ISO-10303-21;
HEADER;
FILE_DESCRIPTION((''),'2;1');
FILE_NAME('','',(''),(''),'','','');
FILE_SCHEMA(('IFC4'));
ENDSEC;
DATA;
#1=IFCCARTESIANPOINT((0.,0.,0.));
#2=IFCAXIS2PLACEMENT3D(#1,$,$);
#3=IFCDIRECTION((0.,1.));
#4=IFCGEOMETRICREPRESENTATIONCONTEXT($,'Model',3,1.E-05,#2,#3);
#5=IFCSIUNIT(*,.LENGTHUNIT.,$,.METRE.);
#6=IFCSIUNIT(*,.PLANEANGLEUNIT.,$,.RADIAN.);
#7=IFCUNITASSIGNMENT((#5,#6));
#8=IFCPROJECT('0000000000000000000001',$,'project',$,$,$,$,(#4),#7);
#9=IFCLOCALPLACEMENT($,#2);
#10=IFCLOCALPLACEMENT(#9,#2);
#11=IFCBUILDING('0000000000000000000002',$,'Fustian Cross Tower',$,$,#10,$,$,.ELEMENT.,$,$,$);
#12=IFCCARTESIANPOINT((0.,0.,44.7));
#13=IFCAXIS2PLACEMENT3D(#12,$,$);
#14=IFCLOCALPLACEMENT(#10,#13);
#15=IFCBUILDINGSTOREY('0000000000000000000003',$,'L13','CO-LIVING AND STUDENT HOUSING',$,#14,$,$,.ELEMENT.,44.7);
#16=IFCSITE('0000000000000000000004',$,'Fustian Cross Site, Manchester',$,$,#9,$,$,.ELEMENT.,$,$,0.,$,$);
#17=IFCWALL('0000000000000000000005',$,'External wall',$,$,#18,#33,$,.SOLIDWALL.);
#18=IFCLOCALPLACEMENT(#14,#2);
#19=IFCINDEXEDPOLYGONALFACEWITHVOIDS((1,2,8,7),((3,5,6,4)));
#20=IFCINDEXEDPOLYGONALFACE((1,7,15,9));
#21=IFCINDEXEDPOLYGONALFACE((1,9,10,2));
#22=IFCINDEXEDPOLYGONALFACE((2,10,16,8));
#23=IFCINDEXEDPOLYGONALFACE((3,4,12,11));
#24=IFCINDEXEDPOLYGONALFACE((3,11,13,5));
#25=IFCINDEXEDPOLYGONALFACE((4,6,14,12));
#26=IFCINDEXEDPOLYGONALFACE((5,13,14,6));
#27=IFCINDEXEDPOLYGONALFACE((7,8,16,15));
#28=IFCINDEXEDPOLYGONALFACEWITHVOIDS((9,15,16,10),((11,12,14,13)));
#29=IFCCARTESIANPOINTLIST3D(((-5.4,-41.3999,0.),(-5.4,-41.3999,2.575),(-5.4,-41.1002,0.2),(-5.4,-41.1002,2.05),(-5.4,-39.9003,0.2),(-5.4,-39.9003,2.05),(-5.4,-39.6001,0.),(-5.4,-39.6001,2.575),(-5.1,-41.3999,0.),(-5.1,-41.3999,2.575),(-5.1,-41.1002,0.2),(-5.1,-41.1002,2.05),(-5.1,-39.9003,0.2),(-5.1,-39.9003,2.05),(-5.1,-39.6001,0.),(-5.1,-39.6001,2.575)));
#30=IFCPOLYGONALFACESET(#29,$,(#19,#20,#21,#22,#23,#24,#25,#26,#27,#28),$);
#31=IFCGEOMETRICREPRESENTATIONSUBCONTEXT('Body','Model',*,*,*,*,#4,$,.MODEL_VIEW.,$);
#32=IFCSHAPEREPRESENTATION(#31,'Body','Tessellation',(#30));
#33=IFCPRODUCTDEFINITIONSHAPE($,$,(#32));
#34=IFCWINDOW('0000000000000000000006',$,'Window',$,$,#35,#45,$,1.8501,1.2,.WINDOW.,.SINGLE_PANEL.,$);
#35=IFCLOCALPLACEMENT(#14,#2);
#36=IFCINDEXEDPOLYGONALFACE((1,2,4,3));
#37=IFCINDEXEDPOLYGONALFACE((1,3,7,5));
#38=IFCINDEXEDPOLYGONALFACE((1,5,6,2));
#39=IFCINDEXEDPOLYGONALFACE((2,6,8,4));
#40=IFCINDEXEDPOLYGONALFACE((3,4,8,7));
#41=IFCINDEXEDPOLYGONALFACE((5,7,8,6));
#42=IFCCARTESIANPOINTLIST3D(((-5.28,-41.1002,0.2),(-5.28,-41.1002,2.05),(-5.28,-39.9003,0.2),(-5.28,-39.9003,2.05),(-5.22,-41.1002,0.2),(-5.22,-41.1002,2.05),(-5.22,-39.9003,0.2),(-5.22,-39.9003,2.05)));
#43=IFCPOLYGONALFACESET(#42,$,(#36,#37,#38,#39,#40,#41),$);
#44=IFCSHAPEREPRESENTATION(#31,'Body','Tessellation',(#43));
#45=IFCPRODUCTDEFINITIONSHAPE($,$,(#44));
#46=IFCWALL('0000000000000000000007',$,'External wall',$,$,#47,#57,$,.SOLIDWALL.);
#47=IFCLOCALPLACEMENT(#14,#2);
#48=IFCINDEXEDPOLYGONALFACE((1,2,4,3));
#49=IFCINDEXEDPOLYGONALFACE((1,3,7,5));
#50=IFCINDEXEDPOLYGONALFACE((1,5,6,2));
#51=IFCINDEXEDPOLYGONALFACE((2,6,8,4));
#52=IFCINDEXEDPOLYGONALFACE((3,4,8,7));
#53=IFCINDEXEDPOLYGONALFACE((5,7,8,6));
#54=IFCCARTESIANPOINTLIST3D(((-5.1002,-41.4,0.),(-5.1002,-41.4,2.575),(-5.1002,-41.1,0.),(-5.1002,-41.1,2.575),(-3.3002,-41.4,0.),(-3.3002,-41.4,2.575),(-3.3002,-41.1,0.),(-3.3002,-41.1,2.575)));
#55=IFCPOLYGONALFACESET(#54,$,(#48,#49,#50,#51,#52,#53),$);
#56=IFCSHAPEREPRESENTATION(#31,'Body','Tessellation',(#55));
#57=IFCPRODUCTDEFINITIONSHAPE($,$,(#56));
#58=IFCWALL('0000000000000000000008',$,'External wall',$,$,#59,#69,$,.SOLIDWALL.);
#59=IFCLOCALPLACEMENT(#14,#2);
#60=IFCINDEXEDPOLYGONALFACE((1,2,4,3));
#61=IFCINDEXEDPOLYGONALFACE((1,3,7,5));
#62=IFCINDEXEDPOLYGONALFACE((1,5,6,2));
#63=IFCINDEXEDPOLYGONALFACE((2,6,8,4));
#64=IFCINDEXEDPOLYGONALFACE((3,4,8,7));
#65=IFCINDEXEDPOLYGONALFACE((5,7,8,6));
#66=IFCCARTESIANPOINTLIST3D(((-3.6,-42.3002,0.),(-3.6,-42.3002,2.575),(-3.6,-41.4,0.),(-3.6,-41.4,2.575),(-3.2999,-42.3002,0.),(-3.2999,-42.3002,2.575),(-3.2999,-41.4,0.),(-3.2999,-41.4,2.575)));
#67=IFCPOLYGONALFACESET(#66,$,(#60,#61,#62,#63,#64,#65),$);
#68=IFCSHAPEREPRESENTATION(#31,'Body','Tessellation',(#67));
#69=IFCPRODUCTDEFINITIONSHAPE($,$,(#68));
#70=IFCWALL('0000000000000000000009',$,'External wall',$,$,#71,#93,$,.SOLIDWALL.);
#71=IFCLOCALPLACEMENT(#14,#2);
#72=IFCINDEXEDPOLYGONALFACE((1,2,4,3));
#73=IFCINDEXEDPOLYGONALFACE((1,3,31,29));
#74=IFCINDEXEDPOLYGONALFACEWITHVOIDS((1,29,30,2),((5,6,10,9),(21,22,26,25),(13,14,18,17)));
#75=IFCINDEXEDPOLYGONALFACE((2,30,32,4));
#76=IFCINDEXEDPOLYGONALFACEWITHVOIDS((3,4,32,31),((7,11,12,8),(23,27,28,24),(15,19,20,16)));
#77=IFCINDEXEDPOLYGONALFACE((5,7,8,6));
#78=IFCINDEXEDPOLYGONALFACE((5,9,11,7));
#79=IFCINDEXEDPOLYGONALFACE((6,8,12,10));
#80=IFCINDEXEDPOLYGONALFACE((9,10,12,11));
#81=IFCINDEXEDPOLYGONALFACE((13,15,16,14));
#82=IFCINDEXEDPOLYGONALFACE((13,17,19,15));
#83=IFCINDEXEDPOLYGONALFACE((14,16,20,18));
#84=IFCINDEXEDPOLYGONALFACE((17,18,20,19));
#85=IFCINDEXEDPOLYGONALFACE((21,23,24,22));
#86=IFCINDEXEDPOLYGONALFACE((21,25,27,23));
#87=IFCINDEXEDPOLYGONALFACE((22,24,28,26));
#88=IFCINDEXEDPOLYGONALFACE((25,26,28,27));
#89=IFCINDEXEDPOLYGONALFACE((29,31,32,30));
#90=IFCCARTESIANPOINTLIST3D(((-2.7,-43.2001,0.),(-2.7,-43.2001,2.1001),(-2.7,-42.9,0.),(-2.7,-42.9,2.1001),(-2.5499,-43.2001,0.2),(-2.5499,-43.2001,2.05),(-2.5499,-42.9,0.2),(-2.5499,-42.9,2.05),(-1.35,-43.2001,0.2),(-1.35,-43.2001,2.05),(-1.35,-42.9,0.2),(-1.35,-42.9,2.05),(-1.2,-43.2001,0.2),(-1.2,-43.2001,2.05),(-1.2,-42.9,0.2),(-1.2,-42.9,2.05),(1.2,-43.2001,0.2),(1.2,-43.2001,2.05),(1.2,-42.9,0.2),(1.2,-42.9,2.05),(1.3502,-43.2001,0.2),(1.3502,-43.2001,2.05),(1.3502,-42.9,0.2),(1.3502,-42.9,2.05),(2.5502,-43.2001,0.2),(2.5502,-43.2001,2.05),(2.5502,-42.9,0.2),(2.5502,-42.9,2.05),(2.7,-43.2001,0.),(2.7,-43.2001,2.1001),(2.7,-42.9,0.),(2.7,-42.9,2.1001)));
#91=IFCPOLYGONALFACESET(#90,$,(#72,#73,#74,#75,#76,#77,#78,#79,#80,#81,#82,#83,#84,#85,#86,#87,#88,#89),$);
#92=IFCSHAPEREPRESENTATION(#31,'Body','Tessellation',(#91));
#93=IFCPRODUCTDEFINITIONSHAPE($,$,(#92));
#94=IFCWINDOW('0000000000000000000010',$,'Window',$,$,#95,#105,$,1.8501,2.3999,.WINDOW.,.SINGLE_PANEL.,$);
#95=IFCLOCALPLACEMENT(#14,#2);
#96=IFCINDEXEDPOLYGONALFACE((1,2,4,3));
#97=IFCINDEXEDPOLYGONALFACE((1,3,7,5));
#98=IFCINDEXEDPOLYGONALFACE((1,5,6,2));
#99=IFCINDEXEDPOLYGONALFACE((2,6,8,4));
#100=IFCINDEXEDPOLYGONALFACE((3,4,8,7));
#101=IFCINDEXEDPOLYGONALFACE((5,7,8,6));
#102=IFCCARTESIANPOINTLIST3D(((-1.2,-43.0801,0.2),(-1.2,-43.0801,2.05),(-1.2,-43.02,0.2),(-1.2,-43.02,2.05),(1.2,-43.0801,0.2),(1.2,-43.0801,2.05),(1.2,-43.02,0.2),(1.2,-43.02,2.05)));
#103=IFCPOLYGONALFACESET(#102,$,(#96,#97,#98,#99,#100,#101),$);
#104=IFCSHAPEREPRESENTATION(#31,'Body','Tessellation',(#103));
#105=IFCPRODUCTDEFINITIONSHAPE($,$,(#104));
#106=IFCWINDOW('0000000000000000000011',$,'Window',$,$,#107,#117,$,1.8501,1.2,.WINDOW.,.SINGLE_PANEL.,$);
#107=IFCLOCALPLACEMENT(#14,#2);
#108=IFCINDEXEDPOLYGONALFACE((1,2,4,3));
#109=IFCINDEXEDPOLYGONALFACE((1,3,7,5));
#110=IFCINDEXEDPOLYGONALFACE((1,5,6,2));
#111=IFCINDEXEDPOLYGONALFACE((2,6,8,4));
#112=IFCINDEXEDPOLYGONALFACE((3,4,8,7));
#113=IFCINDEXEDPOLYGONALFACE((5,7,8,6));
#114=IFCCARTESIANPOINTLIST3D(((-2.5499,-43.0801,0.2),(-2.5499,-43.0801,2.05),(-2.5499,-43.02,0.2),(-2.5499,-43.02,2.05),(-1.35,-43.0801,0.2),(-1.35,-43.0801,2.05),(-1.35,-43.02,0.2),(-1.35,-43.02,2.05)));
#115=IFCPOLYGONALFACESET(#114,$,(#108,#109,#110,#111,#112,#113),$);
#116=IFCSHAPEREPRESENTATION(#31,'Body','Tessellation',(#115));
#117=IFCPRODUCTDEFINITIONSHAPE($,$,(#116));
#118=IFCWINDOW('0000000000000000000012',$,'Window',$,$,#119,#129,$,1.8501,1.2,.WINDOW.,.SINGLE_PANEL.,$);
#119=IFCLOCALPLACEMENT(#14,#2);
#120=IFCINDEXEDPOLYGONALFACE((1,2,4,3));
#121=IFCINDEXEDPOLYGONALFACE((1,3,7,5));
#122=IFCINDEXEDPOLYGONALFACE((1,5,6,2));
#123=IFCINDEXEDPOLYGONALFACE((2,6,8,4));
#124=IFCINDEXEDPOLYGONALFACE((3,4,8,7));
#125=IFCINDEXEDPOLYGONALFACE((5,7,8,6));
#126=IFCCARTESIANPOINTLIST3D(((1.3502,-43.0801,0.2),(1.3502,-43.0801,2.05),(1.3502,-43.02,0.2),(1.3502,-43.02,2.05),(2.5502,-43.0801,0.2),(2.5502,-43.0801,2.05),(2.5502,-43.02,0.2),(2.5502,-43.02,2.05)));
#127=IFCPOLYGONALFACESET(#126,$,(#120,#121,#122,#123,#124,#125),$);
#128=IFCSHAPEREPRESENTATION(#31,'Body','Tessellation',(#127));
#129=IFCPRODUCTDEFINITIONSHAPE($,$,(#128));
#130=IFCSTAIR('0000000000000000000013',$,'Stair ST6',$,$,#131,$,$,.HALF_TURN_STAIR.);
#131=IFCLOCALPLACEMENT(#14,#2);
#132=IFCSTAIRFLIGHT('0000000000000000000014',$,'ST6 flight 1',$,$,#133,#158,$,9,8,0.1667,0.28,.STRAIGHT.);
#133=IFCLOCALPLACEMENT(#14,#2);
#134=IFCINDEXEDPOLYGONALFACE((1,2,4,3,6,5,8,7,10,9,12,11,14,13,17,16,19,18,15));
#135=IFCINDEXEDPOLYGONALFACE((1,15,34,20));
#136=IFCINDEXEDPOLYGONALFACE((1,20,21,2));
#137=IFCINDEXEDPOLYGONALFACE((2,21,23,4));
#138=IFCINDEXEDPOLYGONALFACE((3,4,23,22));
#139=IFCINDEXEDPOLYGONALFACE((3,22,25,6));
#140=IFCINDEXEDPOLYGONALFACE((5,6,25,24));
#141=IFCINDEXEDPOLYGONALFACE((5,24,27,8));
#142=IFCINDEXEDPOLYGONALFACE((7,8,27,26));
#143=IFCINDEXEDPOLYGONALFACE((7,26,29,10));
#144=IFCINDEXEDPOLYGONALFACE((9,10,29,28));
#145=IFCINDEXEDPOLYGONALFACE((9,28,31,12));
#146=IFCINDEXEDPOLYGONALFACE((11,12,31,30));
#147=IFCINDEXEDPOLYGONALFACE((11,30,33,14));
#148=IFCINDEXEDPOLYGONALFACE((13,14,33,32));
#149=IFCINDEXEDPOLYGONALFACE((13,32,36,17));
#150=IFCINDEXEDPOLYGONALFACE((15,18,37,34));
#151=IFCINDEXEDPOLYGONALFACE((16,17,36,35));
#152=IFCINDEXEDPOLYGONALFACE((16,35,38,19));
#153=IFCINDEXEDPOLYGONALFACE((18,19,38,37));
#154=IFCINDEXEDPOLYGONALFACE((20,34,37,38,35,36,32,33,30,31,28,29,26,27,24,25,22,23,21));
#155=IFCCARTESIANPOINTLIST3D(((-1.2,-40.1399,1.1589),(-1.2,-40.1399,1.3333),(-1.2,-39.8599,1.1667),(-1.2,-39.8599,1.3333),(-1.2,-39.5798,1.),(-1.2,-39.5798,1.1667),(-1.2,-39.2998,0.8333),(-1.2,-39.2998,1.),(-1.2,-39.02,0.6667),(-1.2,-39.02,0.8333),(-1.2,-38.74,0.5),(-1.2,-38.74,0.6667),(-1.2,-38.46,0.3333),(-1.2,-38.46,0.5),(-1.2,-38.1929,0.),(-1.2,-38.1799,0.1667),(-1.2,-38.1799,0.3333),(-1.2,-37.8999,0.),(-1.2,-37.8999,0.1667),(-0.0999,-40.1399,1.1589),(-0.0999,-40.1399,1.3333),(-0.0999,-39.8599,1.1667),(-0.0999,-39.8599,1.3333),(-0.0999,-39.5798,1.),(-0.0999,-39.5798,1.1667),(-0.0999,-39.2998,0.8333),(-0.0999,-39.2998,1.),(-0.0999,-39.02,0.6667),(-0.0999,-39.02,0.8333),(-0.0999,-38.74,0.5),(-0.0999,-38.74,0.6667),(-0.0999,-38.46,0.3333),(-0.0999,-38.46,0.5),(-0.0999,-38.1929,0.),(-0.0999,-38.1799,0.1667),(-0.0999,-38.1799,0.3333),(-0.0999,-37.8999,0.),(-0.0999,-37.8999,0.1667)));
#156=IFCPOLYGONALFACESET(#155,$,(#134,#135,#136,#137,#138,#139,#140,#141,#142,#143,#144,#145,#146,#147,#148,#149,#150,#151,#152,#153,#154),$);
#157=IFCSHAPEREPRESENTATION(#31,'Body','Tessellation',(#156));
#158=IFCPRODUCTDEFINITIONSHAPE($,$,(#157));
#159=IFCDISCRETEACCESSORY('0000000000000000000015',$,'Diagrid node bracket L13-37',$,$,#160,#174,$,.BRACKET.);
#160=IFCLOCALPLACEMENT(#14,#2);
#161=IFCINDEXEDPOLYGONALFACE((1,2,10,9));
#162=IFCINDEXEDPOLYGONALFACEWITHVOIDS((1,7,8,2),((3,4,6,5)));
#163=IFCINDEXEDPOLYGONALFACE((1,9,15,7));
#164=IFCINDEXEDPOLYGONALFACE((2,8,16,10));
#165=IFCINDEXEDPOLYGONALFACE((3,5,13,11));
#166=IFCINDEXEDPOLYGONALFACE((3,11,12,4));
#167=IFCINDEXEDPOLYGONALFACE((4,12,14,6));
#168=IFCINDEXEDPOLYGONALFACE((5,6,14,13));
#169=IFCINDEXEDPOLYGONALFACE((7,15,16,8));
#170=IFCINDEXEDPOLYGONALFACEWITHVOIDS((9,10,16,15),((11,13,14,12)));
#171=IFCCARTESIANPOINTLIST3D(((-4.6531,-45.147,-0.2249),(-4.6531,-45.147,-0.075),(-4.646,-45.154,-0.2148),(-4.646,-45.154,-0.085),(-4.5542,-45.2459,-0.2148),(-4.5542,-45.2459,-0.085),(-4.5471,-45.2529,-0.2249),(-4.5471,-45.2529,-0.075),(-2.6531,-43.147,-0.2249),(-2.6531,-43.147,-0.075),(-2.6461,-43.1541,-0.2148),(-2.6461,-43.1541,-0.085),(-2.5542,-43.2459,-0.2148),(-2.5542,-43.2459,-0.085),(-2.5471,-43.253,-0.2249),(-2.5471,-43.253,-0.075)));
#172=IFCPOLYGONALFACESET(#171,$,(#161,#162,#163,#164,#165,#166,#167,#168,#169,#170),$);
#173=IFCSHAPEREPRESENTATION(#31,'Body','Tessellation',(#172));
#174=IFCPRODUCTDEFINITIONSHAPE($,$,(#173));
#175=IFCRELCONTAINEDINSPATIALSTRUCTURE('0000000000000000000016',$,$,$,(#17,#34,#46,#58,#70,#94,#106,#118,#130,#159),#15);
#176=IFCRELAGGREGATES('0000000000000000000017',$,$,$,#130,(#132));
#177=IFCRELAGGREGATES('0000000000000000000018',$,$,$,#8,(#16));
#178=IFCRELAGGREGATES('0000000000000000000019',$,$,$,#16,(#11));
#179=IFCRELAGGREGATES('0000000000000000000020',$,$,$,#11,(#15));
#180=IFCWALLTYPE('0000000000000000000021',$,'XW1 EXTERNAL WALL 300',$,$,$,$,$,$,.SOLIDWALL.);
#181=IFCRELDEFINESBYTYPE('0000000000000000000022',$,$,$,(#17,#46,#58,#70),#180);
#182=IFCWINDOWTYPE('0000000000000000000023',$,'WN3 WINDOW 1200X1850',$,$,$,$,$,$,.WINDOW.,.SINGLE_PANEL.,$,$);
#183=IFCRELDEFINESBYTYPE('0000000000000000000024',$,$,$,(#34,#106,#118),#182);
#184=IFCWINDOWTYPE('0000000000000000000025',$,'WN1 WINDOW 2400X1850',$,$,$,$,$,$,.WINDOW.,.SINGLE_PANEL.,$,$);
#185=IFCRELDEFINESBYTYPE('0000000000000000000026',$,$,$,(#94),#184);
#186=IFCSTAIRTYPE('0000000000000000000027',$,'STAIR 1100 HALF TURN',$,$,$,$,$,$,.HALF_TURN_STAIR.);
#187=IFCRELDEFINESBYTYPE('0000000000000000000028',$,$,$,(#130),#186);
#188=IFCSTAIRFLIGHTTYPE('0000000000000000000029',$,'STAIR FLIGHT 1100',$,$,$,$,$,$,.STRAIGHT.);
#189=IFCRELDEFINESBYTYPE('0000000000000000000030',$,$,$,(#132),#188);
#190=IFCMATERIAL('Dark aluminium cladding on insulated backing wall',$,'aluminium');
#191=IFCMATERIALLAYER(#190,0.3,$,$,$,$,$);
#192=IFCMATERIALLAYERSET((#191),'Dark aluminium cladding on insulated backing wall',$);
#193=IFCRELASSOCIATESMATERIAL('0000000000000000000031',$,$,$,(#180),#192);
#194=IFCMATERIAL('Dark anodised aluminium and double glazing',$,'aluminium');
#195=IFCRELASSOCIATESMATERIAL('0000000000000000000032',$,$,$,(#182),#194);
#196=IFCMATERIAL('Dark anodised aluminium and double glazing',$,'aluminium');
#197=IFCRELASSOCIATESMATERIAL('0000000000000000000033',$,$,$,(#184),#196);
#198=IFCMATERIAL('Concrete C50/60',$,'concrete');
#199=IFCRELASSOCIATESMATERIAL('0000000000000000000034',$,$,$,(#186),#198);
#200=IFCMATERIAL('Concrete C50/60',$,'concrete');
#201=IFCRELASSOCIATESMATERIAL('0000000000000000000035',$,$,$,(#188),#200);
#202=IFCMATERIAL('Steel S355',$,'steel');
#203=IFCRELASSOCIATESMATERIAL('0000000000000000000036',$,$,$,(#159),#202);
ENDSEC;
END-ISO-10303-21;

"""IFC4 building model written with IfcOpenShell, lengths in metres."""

from ifc_helpers import new_model, si_unit, direction, frame, frame_2d, origin, origin_2d, place, context, subcontext, project, spatial, polyline, rectangle, hollow_rectangle, outline, extrude, material, layer, layer_set, type_object, element, fill, aggregate, save


model = new_model("IFC4")

# Units and contexts
model_context = context("Model", 3, precision=1e-05, world=origin(), true_north=direction((0.0, 1.0)))
body_context = subcontext(model_context, "Body", "Model", "MODEL_VIEW")
ifc_project = project(units=[si_unit("LENGTHUNIT", "METRE"), si_unit("PLANEANGLEUNIT", "RADIAN")], contexts=[model_context])

# Site, building, storey
site_placement = place(None, origin())
site = spatial("IfcSite", under=ifc_project, at=site_placement, Name="Fustian Cross Site, Manchester", CompositionType="ELEMENT", RefElevation=0.0)
building_placement = place(site_placement, origin())
building = spatial("IfcBuilding", under=site, at=building_placement, Name="Fustian Cross Tower", CompositionType="ELEMENT")
storey_placement = place(building_placement, frame((0.0, 0.0, 44.7)))
storey = spatial("IfcBuildingStorey", under=building, at=storey_placement, Name="L13", Description="CO-LIVING AND STUDENT HOUSING", CompositionType="ELEMENT", Elevation=44.7)

# Shared definitions
ifc_material_1 = material(Name="Dark aluminium cladding on insulated backing wall", Category="aluminium")
ifc_layer_1 = layer(ifc_material_1, 0.3)
ifc_layer_set_1 = layer_set([ifc_layer_1], Name="Dark aluminium cladding on insulated backing wall")
wall_type_1 = type_object("IfcWallType", Name="XW1 EXTERNAL WALL 300", PredefinedType="SOLIDWALL", material=ifc_layer_set_1)

# Wall, opening, window
wall_1_placement = place(storey_placement, frame((-5.25, -39.6001, 0.0), z_axis=(0.0, 0.0, 1.0), x_axis=(0.0, -1.0, 0.0)))
wall_1 = element("IfcWall", 1, at=wall_1_placement, inside=storey, type_object=wall_type_1, Name="External wall", PredefinedType="SOLIDWALL", context=body_context, shape_type="SweptSolid", body=[
    extrude(rectangle(XDim=1.7998, YDim=0.3, at=frame_2d((0.8999, 0.0))), origin(), (0.0, 0.0, 1.0), 2.575),
])
opening_1_placement = place(wall_1_placement, frame((0.3, 0.0, 0.2)))
opening_1 = element("IfcOpeningElement", 2, at=opening_1_placement, cuts=wall_1, PredefinedType="OPENING", context=body_context, shape_type="SweptSolid", body=[
    extrude(rectangle(XDim=1.2, YDim=1.8501, at=frame_2d((0.6001, 0.925))), frame((0.0, 0.1599, 0.0), z_axis=(0.0, -1.0, 0.0), x_axis=(1.0, 0.0, 0.0)), (0.0, 0.0, 1.0), 0.3201),
])
ifc_material_2 = material(Name="Dark anodised aluminium and double glazing", Category="aluminium")
window_type_1 = type_object("IfcWindowType", Name="WN3 WINDOW 1200X1850", PartitioningType="SINGLE_PANEL", PredefinedType="WINDOW", material=ifc_material_2)
window_1_placement = place(opening_1_placement, origin())
window_1 = element("IfcWindow", 3, at=window_1_placement, inside=storey, type_object=window_type_1, Name="Window", OverallHeight=1.8501, OverallWidth=1.2, PartitioningType="SINGLE_PANEL", PredefinedType="WINDOW", context=body_context, shape_type="SweptSolid", body=[
    extrude(rectangle(XDim=1.2, YDim=1.8501, at=frame_2d((0.6001, 0.925))), frame((0.0, 0.03, 0.0), z_axis=(0.0, -1.0, 0.0), x_axis=(1.0, 0.0, 0.0)), (0.0, 0.0, 1.0), 0.0601),
])
fill(opening_1, window_1)

# Walls
wall_2_placement = place(storey_placement, frame((-5.1001, -41.25, 0.0), z_axis=(0.0, 0.0, 1.0), x_axis=(1.0, 0.0, 0.0)))
element("IfcWall", 4, at=wall_2_placement, inside=storey, type_object=wall_type_1, Name="External wall", PredefinedType="SOLIDWALL", context=body_context, shape_type="SweptSolid", body=[
    extrude(rectangle(XDim=1.8, YDim=0.3, at=frame_2d((0.8999, 0.0))), origin(), (0.0, 0.0, 1.0), 2.575),
])
wall_3_placement = place(storey_placement, frame((-3.45, -41.3999, 0.0), z_axis=(0.0, 0.0, 1.0), x_axis=(0.0, -1.0, 0.0)))
element("IfcWall", 5, at=wall_3_placement, inside=storey, type_object=wall_type_1, Name="External wall", PredefinedType="SOLIDWALL", context=body_context, shape_type="SweptSolid", body=[
    extrude(rectangle(XDim=0.9001, YDim=0.3, at=frame_2d((0.4502, 0.0))), origin(), (0.0, 0.0, 1.0), 2.575),
])

# Wall, openings, windows
wall_4_placement = place(storey_placement, frame((-2.7, -43.05, 0.0), z_axis=(0.0, 0.0, 1.0), x_axis=(1.0, 0.0, 0.0)))
wall_4 = element("IfcWall", 6, at=wall_4_placement, inside=storey, type_object=wall_type_1, Name="External wall", PredefinedType="SOLIDWALL", context=body_context, shape_type="SweptSolid", body=[
    extrude(rectangle(XDim=5.3999, YDim=0.3, at=frame_2d((2.7, 0.0))), origin(), (0.0, 0.0, 1.0), 2.1001),
])
opening_2_placement = place(wall_4_placement, frame((1.5, 0.0, 0.2)))
opening_2 = element("IfcOpeningElement", 7, at=opening_2_placement, cuts=wall_4, PredefinedType="OPENING", context=body_context, shape_type="SweptSolid", body=[
    extrude(rectangle(XDim=2.3999, YDim=1.8501, at=frame_2d((1.2, 0.925))), frame((0.0, 0.1599, 0.0), z_axis=(0.0, -1.0, 0.0), x_axis=(1.0, 0.0, 0.0)), (0.0, 0.0, 1.0), 0.3201),
])
opening_3_placement = place(wall_4_placement, frame((0.1499, 0.0, 0.2)))
opening_3 = element("IfcOpeningElement", 8, at=opening_3_placement, cuts=wall_4, PredefinedType="OPENING", context=body_context, shape_type="SweptSolid", body=[
    extrude(rectangle(XDim=1.2, YDim=1.8501, at=frame_2d((0.6001, 0.925))), frame((0.0, 0.1599, 0.0), z_axis=(0.0, -1.0, 0.0), x_axis=(1.0, 0.0, 0.0)), (0.0, 0.0, 1.0), 0.3201),
])
opening_4_placement = place(wall_4_placement, frame((4.05, 0.0, 0.2)))
opening_4 = element("IfcOpeningElement", 9, at=opening_4_placement, cuts=wall_4, PredefinedType="OPENING", context=body_context, shape_type="SweptSolid", body=[
    extrude(rectangle(XDim=1.2, YDim=1.8501, at=frame_2d((0.6001, 0.925))), frame((0.0, 0.1599, 0.0), z_axis=(0.0, -1.0, 0.0), x_axis=(1.0, 0.0, 0.0)), (0.0, 0.0, 1.0), 0.3201),
])
ifc_material_3 = material(Name="Dark anodised aluminium and double glazing", Category="aluminium")
window_type_2 = type_object("IfcWindowType", Name="WN1 WINDOW 2400X1850", PartitioningType="SINGLE_PANEL", PredefinedType="WINDOW", material=ifc_material_3)
window_2_placement = place(opening_2_placement, origin())
window_2 = element("IfcWindow", 10, at=window_2_placement, inside=storey, type_object=window_type_2, Name="Window", OverallHeight=1.8501, OverallWidth=2.3999, PartitioningType="SINGLE_PANEL", PredefinedType="WINDOW", context=body_context, shape_type="SweptSolid", body=[
    extrude(rectangle(XDim=2.3999, YDim=1.8501, at=frame_2d((1.2, 0.925))), frame((0.0, 0.03, 0.0), z_axis=(0.0, -1.0, 0.0), x_axis=(1.0, 0.0, 0.0)), (0.0, 0.0, 1.0), 0.0601),
])
fill(opening_2, window_2)
window_3_placement = place(opening_3_placement, origin())
window_3 = element("IfcWindow", 11, at=window_3_placement, inside=storey, type_object=window_type_1, Name="Window", OverallHeight=1.8501, OverallWidth=1.2, PartitioningType="SINGLE_PANEL", PredefinedType="WINDOW", context=body_context, shape_type="SweptSolid", body=[
    extrude(rectangle(XDim=1.2, YDim=1.8501, at=frame_2d((0.6001, 0.925))), frame((0.0, 0.03, 0.0), z_axis=(0.0, -1.0, 0.0), x_axis=(1.0, 0.0, 0.0)), (0.0, 0.0, 1.0), 0.0601),
])
fill(opening_3, window_3)
window_4_placement = place(opening_4_placement, origin())
window_4 = element("IfcWindow", 12, at=window_4_placement, inside=storey, type_object=window_type_1, Name="Window", OverallHeight=1.8501, OverallWidth=1.2, PartitioningType="SINGLE_PANEL", PredefinedType="WINDOW", context=body_context, shape_type="SweptSolid", body=[
    extrude(rectangle(XDim=1.2, YDim=1.8501, at=frame_2d((0.6001, 0.925))), frame((0.0, 0.03, 0.0), z_axis=(0.0, -1.0, 0.0), x_axis=(1.0, 0.0, 0.0)), (0.0, 0.0, 1.0), 0.0601),
])
fill(opening_4, window_4)

# Stair, stair flight
ifc_material_4 = material(Name="Concrete C50/60", Category="concrete")
stair_type = type_object("IfcStairType", Name="STAIR 1100 HALF TURN", PredefinedType="HALF_TURN_STAIR", material=ifc_material_4)
stair_placement = place(storey_placement, origin())
stair = element("IfcStair", 13, at=stair_placement, inside=storey, type_object=stair_type, Name="Stair ST6", PredefinedType="HALF_TURN_STAIR")
ifc_material_5 = material(Name="Concrete C50/60", Category="concrete")
stair_flight_type = type_object("IfcStairFlightType", Name="STAIR FLIGHT 1100", PredefinedType="STRAIGHT", material=ifc_material_5)
stair_flight_placement = place(storey_placement, frame((-0.6499, -37.8999, 0.0), z_axis=(0.0, 0.0, 1.0), x_axis=(0.0, -1.0, 0.0)))
stair_flight = element("IfcStairFlight", 14, at=stair_flight_placement, type_object=stair_flight_type, Name="ST6 flight 1", NumberOfRisers=9, NumberOfTreads=8, PredefinedType="STRAIGHT", RiserHeight=0.1667, TreadLength=0.28, context=body_context, shape_type="SweptSolid", body=[
    extrude(outline(polyline([(0.0, 0.0), (0.0, 0.1667), (0.28, 0.1667), (0.28, 0.3333), (0.5601, 0.3333), (0.5601, 0.5), (0.8401, 0.5), (0.8401, 0.6667), (1.1201, 0.6667), (1.1201, 0.8333), (1.3999, 0.8333), (1.3999, 1.0), (1.6799, 1.0), (1.6799, 1.1667), (1.96, 1.1667), (1.96, 1.3333), (2.24, 1.3333), (2.24, 1.5), (2.24, 1.1589), (0.293, 0.0), (0.0, 0.0)])), frame((0.0, 0.55, 0.0), z_axis=(0.0, -1.0, 0.0), x_axis=(1.0, 0.0, 0.0)), (0.0, 0.0, 1.0), 1.1001),
])
aggregate(stair, [stair_flight])

# Discrete accessory
ifc_material_6 = material(Name="Steel S355", Category="steel")
discrete_accessory_placement = place(storey_placement, frame((-4.6001, -45.2, -0.1499), z_axis=(0.707107, 0.707107, 0.0), x_axis=(-0.707107, 0.707107, 0.0)))
element("IfcDiscreteAccessory", 15, at=discrete_accessory_placement, inside=storey, material=ifc_material_6, Name="Diagrid node bracket L13-37", PredefinedType="BRACKET", context=body_context, shape_type="SweptSolid", body=[
    extrude(hollow_rectangle(XDim=0.1499, YDim=0.1499, WallThickness=0.01, at=origin_2d()), origin(), (0.0, 0.0, 1.0), 2.8284),
])

save(model, "model.ifc")
